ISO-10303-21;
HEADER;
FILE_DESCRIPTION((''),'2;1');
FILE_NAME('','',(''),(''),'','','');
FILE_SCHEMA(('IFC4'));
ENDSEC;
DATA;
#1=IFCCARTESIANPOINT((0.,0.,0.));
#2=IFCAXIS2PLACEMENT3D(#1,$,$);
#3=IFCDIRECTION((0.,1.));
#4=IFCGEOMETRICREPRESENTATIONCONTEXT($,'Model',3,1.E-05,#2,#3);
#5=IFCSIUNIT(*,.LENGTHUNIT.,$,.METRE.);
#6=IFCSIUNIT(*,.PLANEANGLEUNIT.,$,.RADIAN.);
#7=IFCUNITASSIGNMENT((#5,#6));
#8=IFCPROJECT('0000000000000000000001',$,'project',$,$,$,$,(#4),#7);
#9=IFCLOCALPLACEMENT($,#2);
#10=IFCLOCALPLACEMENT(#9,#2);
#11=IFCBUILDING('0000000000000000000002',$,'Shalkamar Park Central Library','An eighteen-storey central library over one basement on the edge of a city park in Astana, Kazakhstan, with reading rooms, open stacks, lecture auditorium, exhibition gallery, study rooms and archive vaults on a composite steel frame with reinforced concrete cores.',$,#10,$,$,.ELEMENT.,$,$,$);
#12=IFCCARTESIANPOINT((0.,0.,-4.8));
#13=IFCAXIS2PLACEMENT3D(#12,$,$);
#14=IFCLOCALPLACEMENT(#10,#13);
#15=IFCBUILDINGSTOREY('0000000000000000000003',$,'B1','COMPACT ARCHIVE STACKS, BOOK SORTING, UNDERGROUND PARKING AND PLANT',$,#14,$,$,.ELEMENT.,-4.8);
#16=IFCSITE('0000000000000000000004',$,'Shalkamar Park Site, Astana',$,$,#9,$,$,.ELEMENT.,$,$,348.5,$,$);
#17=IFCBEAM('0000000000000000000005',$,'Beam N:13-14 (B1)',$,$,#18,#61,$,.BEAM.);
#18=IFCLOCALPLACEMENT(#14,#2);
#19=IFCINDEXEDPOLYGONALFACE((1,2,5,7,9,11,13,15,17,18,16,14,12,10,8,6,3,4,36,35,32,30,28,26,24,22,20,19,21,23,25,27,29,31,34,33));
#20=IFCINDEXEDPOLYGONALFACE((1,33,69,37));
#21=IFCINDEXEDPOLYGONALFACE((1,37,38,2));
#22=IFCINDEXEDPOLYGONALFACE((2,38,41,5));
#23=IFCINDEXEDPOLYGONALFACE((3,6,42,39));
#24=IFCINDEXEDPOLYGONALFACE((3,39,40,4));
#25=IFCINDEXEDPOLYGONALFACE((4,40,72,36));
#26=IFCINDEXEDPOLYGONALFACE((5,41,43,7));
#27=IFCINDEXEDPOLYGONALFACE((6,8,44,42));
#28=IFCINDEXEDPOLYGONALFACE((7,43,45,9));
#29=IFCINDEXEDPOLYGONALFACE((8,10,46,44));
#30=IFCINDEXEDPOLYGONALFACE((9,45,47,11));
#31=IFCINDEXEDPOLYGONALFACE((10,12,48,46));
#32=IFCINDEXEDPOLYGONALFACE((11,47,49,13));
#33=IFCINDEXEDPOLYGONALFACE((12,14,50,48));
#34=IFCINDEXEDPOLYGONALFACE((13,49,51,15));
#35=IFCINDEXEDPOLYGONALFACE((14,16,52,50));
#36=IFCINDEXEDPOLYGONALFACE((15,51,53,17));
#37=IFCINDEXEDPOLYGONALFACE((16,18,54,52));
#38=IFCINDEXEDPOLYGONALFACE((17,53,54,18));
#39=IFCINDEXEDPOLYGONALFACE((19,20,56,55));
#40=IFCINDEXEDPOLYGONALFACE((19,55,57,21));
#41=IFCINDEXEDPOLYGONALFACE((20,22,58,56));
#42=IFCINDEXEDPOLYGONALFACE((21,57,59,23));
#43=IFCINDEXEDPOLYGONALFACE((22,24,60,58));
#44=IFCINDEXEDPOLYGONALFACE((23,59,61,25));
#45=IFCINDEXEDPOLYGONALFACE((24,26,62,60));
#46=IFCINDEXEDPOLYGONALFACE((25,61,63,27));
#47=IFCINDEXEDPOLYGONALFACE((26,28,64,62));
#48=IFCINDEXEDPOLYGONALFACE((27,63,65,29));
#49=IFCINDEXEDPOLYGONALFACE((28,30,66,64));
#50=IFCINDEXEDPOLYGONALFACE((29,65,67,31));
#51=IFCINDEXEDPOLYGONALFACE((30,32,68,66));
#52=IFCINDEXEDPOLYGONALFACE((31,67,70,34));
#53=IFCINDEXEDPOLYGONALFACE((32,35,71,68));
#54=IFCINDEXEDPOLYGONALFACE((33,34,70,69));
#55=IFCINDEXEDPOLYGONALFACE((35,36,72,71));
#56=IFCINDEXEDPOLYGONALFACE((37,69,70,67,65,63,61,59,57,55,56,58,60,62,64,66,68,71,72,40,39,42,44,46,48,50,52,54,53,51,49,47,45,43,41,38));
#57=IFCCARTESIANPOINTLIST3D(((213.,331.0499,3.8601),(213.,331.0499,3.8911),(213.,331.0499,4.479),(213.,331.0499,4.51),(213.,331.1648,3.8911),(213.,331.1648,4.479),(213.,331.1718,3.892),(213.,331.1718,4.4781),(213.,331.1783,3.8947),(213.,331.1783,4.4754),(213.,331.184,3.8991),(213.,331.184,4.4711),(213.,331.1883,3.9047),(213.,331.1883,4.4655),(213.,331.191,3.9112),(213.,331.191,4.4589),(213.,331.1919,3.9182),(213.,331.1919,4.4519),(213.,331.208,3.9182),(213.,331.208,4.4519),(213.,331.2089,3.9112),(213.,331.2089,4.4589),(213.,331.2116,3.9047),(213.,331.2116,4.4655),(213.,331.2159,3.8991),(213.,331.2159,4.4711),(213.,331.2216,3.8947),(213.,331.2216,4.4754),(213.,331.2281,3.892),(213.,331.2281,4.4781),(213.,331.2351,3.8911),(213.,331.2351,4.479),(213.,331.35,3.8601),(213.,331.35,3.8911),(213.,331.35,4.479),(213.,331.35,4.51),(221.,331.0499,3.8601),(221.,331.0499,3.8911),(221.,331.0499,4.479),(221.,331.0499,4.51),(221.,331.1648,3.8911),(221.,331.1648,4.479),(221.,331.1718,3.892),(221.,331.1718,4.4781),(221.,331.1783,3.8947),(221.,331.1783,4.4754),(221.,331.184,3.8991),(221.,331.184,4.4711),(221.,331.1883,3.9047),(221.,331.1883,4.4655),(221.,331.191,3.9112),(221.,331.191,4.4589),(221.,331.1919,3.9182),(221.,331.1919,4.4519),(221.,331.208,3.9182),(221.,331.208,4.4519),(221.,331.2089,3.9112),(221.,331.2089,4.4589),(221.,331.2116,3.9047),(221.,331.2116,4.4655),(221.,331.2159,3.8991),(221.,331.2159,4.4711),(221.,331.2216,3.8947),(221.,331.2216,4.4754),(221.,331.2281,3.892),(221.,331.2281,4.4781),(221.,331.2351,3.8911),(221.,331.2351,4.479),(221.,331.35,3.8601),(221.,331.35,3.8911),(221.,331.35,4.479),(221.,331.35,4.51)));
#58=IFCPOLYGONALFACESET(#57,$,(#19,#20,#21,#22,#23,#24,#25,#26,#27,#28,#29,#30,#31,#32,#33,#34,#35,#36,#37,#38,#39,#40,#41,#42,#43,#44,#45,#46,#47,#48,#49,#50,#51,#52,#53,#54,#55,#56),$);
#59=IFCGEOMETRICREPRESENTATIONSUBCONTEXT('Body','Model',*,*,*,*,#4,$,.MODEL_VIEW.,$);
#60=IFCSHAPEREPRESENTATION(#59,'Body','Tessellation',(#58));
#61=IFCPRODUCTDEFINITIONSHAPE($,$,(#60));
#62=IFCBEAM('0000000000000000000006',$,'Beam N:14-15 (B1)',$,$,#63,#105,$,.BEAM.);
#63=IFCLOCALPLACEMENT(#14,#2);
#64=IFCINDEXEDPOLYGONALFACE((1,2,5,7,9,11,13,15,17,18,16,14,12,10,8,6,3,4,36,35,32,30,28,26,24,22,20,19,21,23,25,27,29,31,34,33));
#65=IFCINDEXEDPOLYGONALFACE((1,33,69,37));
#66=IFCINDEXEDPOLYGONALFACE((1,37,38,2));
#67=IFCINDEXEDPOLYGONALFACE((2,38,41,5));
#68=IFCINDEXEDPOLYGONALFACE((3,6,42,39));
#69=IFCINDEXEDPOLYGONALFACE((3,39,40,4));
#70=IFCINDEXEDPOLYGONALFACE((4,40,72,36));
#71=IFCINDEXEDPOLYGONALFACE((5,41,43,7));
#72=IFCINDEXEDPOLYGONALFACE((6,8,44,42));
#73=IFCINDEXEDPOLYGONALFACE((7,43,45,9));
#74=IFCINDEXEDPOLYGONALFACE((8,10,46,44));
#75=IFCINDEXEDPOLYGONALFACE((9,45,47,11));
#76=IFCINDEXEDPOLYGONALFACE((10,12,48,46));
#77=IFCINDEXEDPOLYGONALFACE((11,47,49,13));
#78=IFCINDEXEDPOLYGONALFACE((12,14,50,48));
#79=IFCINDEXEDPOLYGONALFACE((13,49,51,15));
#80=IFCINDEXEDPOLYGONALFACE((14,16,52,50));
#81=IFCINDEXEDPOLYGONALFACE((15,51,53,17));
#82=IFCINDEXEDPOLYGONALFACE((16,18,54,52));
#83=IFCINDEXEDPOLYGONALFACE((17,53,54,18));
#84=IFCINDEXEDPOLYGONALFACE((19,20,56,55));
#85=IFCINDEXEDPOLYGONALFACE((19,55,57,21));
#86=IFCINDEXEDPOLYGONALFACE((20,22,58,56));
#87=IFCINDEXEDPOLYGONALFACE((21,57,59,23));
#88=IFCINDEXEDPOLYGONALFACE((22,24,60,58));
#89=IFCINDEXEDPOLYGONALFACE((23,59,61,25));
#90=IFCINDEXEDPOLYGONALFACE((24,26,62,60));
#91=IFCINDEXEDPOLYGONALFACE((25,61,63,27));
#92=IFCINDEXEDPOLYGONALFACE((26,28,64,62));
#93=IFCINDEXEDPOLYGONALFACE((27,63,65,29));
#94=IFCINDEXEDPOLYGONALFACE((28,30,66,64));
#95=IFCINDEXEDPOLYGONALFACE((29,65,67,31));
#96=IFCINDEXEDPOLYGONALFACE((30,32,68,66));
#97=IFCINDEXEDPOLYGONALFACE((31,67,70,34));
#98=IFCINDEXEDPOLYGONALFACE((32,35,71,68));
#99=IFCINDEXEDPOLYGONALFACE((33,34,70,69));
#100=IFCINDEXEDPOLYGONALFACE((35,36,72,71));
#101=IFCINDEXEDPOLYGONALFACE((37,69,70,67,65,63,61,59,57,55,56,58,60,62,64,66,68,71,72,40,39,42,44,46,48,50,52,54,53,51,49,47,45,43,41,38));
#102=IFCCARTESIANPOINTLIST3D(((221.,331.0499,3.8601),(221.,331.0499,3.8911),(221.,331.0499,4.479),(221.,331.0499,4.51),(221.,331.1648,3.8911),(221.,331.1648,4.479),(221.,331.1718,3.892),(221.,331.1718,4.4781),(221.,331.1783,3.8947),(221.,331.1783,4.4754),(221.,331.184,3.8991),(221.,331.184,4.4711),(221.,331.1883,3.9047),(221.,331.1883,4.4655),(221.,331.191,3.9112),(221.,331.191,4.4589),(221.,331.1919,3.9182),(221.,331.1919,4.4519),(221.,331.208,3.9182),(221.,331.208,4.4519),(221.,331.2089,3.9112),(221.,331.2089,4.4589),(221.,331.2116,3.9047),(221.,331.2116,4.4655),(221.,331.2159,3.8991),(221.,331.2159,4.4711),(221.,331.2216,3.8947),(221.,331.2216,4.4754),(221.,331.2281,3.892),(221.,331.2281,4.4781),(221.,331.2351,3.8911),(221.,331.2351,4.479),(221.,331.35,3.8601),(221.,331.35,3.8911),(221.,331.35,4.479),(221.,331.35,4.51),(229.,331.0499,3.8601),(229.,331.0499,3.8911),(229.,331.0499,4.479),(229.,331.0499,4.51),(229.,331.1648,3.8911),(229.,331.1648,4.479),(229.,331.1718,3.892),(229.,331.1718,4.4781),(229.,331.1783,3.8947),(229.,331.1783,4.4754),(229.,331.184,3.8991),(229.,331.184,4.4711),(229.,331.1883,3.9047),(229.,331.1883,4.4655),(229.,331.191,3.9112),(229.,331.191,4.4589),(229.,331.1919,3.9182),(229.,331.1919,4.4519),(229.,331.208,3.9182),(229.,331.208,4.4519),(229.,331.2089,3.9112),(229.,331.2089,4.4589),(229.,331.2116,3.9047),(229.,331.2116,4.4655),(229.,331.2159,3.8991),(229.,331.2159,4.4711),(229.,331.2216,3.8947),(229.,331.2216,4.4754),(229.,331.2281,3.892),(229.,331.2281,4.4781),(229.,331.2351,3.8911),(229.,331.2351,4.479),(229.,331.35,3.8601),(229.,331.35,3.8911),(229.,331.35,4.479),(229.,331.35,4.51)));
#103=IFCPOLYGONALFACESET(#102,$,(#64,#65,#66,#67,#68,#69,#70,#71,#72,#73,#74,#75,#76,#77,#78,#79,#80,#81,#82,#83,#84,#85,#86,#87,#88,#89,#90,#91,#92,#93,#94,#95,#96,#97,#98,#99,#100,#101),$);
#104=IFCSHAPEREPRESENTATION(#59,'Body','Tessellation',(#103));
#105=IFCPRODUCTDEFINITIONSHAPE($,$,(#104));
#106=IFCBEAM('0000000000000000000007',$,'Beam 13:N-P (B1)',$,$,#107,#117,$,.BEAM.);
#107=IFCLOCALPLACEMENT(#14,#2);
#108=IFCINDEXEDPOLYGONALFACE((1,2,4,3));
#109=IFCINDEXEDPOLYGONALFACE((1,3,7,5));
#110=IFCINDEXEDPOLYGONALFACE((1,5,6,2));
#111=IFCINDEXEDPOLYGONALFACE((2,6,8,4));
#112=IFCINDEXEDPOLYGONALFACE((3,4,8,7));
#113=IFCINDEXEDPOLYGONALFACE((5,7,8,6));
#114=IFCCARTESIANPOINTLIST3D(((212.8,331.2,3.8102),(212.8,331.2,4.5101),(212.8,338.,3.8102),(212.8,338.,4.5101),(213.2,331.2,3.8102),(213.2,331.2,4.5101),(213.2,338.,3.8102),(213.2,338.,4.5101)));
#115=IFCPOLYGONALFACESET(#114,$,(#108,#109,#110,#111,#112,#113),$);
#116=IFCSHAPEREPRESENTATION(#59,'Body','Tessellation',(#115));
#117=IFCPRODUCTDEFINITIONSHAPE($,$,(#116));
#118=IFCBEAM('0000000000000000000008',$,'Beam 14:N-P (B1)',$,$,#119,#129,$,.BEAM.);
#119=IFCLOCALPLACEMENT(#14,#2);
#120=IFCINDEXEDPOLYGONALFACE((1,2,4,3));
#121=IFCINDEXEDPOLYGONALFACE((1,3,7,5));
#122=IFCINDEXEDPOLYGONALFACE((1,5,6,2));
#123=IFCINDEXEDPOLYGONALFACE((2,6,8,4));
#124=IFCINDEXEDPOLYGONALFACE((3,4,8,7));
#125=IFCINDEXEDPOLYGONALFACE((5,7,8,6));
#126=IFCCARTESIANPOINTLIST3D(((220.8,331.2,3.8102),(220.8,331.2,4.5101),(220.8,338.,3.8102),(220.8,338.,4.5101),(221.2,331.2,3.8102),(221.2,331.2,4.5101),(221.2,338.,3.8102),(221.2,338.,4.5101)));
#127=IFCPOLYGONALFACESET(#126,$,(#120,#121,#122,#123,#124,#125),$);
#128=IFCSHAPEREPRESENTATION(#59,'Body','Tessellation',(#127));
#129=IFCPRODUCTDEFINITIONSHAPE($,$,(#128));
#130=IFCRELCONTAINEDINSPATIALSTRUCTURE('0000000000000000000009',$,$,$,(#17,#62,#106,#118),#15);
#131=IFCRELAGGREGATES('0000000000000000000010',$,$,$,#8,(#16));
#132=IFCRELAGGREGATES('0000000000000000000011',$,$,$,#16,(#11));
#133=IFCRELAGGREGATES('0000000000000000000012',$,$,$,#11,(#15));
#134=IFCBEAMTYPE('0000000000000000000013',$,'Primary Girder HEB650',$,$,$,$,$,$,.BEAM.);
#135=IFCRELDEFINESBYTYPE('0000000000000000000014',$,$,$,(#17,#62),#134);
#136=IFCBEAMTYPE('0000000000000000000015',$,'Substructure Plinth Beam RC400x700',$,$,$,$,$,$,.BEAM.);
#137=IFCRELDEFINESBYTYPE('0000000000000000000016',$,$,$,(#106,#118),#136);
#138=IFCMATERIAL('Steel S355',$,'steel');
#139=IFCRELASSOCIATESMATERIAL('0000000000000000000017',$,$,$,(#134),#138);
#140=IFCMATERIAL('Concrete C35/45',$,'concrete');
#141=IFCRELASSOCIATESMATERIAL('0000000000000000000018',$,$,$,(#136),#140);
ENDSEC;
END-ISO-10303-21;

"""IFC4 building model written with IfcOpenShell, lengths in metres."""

from ifc_helpers import new_model, si_unit, direction, frame, origin, origin_2d, place, context, subcontext, project, spatial, rectangle, i_section, extrude, material, material_profile, profile_set, type_object, element, save


model = new_model("IFC4")

# Units and contexts
model_context = context("Model", 3, precision=1e-05, world=origin(), true_north=direction((0.0, 1.0)))
body_context = subcontext(model_context, "Body", "Model", "MODEL_VIEW")
ifc_project = project(units=[si_unit("LENGTHUNIT", "METRE"), si_unit("PLANEANGLEUNIT", "RADIAN")], contexts=[model_context])

# Site, building, storey
site_placement = place(None, origin())
site = spatial("IfcSite", under=ifc_project, at=site_placement, Name="Shalkamar Park Site, Astana", CompositionType="ELEMENT", RefElevation=348.5)
building_placement = place(site_placement, origin())
building = spatial("IfcBuilding", under=site, at=building_placement, Name="Shalkamar Park Central Library", Description="An eighteen-storey central library over one basement on the edge of a city park in Astana, Kazakhstan, with reading rooms, open stacks, lecture auditorium, exhibition gallery, study rooms and archive vaults on a composite steel frame with reinforced concrete cores.", CompositionType="ELEMENT")
storey_placement = place(building_placement, frame((0.0, 0.0, -4.8)))
storey = spatial("IfcBuildingStorey", under=building, at=storey_placement, Name="B1", Description="COMPACT ARCHIVE STACKS, BOOK SORTING, UNDERGROUND PARKING AND PLANT", CompositionType="ELEMENT", Elevation=-4.8)

# Shared definitions
ifc_material_1 = material(Name="Concrete C35/45", Category="concrete")

# Shared definitions
ifc_material_2 = material(Name="Steel S355", Category="steel")

# Beams
ifc_material_profile_1 = material_profile(ifc_material_2, i_section(OverallWidth=0.3, OverallDepth=0.6499, WebThickness=0.0161, FlangeThickness=0.031, FilletRadius=0.0271, at=origin_2d()), Name="HEB 650")
ifc_profile_set_1 = profile_set([ifc_material_profile_1], Name="Steel S355")
beam_type_1 = type_object("IfcBeamType", Name="Primary Girder HEB650", PredefinedType="BEAM", material=ifc_profile_set_1)
for number, where, z_axis, x_axis, name in (
    (1, (213.0, 331.2, 4.1851), (1.0, 0.0, 0.0), (0.0, 1.0, 0.0), "Beam N:13-14 (B1)"),
    (2, (221.0, 331.2, 4.1851), (1.0, 0.0, 0.0), (0.0, 1.0, 0.0), "Beam N:14-15 (B1)"),
):
    element("IfcBeam", number, at=place(storey_placement, frame(where, z_axis=z_axis, x_axis=x_axis)), inside=storey, type_object=beam_type_1, Name=name, PredefinedType="BEAM", context=body_context, shape_type="SweptSolid", body=[
        extrude(i_section(OverallWidth=0.3, OverallDepth=0.6499, WebThickness=0.0161, FlangeThickness=0.031, FilletRadius=0.0271, at=origin_2d()), origin(), (0.0, 0.0, 1.0), 8.0),
    ])
ifc_material_profile_2 = material_profile(ifc_material_1, rectangle(XDim=0.3999, YDim=0.7, at=origin_2d()), Name="RC 400x700")
ifc_profile_set_2 = profile_set([ifc_material_profile_2], Name="Concrete C35/45")
beam_type_2 = type_object("IfcBeamType", Name="Substructure Plinth Beam RC400x700", PredefinedType="BEAM", material=ifc_profile_set_2)
for number, where, z_axis, x_axis, name in (
    (3, (213.0, 331.2, 4.1602), (0.0, 1.0, 0.0), (-1.0, 0.0, 0.0), "Beam 13:N-P (B1)"),
    (4, (221.0, 331.2, 4.1602), (0.0, 1.0, 0.0), (-1.0, 0.0, 0.0), "Beam 14:N-P (B1)"),
):
    element("IfcBeam", number, at=place(storey_placement, frame(where, z_axis=z_axis, x_axis=x_axis)), inside=storey, type_object=beam_type_2, Name=name, PredefinedType="BEAM", context=body_context, shape_type="SweptSolid", body=[
        extrude(rectangle(XDim=0.3999, YDim=0.7, at=origin_2d()), origin(), (0.0, 0.0, 1.0), 6.8),
    ])

save(model, "model.ifc")
